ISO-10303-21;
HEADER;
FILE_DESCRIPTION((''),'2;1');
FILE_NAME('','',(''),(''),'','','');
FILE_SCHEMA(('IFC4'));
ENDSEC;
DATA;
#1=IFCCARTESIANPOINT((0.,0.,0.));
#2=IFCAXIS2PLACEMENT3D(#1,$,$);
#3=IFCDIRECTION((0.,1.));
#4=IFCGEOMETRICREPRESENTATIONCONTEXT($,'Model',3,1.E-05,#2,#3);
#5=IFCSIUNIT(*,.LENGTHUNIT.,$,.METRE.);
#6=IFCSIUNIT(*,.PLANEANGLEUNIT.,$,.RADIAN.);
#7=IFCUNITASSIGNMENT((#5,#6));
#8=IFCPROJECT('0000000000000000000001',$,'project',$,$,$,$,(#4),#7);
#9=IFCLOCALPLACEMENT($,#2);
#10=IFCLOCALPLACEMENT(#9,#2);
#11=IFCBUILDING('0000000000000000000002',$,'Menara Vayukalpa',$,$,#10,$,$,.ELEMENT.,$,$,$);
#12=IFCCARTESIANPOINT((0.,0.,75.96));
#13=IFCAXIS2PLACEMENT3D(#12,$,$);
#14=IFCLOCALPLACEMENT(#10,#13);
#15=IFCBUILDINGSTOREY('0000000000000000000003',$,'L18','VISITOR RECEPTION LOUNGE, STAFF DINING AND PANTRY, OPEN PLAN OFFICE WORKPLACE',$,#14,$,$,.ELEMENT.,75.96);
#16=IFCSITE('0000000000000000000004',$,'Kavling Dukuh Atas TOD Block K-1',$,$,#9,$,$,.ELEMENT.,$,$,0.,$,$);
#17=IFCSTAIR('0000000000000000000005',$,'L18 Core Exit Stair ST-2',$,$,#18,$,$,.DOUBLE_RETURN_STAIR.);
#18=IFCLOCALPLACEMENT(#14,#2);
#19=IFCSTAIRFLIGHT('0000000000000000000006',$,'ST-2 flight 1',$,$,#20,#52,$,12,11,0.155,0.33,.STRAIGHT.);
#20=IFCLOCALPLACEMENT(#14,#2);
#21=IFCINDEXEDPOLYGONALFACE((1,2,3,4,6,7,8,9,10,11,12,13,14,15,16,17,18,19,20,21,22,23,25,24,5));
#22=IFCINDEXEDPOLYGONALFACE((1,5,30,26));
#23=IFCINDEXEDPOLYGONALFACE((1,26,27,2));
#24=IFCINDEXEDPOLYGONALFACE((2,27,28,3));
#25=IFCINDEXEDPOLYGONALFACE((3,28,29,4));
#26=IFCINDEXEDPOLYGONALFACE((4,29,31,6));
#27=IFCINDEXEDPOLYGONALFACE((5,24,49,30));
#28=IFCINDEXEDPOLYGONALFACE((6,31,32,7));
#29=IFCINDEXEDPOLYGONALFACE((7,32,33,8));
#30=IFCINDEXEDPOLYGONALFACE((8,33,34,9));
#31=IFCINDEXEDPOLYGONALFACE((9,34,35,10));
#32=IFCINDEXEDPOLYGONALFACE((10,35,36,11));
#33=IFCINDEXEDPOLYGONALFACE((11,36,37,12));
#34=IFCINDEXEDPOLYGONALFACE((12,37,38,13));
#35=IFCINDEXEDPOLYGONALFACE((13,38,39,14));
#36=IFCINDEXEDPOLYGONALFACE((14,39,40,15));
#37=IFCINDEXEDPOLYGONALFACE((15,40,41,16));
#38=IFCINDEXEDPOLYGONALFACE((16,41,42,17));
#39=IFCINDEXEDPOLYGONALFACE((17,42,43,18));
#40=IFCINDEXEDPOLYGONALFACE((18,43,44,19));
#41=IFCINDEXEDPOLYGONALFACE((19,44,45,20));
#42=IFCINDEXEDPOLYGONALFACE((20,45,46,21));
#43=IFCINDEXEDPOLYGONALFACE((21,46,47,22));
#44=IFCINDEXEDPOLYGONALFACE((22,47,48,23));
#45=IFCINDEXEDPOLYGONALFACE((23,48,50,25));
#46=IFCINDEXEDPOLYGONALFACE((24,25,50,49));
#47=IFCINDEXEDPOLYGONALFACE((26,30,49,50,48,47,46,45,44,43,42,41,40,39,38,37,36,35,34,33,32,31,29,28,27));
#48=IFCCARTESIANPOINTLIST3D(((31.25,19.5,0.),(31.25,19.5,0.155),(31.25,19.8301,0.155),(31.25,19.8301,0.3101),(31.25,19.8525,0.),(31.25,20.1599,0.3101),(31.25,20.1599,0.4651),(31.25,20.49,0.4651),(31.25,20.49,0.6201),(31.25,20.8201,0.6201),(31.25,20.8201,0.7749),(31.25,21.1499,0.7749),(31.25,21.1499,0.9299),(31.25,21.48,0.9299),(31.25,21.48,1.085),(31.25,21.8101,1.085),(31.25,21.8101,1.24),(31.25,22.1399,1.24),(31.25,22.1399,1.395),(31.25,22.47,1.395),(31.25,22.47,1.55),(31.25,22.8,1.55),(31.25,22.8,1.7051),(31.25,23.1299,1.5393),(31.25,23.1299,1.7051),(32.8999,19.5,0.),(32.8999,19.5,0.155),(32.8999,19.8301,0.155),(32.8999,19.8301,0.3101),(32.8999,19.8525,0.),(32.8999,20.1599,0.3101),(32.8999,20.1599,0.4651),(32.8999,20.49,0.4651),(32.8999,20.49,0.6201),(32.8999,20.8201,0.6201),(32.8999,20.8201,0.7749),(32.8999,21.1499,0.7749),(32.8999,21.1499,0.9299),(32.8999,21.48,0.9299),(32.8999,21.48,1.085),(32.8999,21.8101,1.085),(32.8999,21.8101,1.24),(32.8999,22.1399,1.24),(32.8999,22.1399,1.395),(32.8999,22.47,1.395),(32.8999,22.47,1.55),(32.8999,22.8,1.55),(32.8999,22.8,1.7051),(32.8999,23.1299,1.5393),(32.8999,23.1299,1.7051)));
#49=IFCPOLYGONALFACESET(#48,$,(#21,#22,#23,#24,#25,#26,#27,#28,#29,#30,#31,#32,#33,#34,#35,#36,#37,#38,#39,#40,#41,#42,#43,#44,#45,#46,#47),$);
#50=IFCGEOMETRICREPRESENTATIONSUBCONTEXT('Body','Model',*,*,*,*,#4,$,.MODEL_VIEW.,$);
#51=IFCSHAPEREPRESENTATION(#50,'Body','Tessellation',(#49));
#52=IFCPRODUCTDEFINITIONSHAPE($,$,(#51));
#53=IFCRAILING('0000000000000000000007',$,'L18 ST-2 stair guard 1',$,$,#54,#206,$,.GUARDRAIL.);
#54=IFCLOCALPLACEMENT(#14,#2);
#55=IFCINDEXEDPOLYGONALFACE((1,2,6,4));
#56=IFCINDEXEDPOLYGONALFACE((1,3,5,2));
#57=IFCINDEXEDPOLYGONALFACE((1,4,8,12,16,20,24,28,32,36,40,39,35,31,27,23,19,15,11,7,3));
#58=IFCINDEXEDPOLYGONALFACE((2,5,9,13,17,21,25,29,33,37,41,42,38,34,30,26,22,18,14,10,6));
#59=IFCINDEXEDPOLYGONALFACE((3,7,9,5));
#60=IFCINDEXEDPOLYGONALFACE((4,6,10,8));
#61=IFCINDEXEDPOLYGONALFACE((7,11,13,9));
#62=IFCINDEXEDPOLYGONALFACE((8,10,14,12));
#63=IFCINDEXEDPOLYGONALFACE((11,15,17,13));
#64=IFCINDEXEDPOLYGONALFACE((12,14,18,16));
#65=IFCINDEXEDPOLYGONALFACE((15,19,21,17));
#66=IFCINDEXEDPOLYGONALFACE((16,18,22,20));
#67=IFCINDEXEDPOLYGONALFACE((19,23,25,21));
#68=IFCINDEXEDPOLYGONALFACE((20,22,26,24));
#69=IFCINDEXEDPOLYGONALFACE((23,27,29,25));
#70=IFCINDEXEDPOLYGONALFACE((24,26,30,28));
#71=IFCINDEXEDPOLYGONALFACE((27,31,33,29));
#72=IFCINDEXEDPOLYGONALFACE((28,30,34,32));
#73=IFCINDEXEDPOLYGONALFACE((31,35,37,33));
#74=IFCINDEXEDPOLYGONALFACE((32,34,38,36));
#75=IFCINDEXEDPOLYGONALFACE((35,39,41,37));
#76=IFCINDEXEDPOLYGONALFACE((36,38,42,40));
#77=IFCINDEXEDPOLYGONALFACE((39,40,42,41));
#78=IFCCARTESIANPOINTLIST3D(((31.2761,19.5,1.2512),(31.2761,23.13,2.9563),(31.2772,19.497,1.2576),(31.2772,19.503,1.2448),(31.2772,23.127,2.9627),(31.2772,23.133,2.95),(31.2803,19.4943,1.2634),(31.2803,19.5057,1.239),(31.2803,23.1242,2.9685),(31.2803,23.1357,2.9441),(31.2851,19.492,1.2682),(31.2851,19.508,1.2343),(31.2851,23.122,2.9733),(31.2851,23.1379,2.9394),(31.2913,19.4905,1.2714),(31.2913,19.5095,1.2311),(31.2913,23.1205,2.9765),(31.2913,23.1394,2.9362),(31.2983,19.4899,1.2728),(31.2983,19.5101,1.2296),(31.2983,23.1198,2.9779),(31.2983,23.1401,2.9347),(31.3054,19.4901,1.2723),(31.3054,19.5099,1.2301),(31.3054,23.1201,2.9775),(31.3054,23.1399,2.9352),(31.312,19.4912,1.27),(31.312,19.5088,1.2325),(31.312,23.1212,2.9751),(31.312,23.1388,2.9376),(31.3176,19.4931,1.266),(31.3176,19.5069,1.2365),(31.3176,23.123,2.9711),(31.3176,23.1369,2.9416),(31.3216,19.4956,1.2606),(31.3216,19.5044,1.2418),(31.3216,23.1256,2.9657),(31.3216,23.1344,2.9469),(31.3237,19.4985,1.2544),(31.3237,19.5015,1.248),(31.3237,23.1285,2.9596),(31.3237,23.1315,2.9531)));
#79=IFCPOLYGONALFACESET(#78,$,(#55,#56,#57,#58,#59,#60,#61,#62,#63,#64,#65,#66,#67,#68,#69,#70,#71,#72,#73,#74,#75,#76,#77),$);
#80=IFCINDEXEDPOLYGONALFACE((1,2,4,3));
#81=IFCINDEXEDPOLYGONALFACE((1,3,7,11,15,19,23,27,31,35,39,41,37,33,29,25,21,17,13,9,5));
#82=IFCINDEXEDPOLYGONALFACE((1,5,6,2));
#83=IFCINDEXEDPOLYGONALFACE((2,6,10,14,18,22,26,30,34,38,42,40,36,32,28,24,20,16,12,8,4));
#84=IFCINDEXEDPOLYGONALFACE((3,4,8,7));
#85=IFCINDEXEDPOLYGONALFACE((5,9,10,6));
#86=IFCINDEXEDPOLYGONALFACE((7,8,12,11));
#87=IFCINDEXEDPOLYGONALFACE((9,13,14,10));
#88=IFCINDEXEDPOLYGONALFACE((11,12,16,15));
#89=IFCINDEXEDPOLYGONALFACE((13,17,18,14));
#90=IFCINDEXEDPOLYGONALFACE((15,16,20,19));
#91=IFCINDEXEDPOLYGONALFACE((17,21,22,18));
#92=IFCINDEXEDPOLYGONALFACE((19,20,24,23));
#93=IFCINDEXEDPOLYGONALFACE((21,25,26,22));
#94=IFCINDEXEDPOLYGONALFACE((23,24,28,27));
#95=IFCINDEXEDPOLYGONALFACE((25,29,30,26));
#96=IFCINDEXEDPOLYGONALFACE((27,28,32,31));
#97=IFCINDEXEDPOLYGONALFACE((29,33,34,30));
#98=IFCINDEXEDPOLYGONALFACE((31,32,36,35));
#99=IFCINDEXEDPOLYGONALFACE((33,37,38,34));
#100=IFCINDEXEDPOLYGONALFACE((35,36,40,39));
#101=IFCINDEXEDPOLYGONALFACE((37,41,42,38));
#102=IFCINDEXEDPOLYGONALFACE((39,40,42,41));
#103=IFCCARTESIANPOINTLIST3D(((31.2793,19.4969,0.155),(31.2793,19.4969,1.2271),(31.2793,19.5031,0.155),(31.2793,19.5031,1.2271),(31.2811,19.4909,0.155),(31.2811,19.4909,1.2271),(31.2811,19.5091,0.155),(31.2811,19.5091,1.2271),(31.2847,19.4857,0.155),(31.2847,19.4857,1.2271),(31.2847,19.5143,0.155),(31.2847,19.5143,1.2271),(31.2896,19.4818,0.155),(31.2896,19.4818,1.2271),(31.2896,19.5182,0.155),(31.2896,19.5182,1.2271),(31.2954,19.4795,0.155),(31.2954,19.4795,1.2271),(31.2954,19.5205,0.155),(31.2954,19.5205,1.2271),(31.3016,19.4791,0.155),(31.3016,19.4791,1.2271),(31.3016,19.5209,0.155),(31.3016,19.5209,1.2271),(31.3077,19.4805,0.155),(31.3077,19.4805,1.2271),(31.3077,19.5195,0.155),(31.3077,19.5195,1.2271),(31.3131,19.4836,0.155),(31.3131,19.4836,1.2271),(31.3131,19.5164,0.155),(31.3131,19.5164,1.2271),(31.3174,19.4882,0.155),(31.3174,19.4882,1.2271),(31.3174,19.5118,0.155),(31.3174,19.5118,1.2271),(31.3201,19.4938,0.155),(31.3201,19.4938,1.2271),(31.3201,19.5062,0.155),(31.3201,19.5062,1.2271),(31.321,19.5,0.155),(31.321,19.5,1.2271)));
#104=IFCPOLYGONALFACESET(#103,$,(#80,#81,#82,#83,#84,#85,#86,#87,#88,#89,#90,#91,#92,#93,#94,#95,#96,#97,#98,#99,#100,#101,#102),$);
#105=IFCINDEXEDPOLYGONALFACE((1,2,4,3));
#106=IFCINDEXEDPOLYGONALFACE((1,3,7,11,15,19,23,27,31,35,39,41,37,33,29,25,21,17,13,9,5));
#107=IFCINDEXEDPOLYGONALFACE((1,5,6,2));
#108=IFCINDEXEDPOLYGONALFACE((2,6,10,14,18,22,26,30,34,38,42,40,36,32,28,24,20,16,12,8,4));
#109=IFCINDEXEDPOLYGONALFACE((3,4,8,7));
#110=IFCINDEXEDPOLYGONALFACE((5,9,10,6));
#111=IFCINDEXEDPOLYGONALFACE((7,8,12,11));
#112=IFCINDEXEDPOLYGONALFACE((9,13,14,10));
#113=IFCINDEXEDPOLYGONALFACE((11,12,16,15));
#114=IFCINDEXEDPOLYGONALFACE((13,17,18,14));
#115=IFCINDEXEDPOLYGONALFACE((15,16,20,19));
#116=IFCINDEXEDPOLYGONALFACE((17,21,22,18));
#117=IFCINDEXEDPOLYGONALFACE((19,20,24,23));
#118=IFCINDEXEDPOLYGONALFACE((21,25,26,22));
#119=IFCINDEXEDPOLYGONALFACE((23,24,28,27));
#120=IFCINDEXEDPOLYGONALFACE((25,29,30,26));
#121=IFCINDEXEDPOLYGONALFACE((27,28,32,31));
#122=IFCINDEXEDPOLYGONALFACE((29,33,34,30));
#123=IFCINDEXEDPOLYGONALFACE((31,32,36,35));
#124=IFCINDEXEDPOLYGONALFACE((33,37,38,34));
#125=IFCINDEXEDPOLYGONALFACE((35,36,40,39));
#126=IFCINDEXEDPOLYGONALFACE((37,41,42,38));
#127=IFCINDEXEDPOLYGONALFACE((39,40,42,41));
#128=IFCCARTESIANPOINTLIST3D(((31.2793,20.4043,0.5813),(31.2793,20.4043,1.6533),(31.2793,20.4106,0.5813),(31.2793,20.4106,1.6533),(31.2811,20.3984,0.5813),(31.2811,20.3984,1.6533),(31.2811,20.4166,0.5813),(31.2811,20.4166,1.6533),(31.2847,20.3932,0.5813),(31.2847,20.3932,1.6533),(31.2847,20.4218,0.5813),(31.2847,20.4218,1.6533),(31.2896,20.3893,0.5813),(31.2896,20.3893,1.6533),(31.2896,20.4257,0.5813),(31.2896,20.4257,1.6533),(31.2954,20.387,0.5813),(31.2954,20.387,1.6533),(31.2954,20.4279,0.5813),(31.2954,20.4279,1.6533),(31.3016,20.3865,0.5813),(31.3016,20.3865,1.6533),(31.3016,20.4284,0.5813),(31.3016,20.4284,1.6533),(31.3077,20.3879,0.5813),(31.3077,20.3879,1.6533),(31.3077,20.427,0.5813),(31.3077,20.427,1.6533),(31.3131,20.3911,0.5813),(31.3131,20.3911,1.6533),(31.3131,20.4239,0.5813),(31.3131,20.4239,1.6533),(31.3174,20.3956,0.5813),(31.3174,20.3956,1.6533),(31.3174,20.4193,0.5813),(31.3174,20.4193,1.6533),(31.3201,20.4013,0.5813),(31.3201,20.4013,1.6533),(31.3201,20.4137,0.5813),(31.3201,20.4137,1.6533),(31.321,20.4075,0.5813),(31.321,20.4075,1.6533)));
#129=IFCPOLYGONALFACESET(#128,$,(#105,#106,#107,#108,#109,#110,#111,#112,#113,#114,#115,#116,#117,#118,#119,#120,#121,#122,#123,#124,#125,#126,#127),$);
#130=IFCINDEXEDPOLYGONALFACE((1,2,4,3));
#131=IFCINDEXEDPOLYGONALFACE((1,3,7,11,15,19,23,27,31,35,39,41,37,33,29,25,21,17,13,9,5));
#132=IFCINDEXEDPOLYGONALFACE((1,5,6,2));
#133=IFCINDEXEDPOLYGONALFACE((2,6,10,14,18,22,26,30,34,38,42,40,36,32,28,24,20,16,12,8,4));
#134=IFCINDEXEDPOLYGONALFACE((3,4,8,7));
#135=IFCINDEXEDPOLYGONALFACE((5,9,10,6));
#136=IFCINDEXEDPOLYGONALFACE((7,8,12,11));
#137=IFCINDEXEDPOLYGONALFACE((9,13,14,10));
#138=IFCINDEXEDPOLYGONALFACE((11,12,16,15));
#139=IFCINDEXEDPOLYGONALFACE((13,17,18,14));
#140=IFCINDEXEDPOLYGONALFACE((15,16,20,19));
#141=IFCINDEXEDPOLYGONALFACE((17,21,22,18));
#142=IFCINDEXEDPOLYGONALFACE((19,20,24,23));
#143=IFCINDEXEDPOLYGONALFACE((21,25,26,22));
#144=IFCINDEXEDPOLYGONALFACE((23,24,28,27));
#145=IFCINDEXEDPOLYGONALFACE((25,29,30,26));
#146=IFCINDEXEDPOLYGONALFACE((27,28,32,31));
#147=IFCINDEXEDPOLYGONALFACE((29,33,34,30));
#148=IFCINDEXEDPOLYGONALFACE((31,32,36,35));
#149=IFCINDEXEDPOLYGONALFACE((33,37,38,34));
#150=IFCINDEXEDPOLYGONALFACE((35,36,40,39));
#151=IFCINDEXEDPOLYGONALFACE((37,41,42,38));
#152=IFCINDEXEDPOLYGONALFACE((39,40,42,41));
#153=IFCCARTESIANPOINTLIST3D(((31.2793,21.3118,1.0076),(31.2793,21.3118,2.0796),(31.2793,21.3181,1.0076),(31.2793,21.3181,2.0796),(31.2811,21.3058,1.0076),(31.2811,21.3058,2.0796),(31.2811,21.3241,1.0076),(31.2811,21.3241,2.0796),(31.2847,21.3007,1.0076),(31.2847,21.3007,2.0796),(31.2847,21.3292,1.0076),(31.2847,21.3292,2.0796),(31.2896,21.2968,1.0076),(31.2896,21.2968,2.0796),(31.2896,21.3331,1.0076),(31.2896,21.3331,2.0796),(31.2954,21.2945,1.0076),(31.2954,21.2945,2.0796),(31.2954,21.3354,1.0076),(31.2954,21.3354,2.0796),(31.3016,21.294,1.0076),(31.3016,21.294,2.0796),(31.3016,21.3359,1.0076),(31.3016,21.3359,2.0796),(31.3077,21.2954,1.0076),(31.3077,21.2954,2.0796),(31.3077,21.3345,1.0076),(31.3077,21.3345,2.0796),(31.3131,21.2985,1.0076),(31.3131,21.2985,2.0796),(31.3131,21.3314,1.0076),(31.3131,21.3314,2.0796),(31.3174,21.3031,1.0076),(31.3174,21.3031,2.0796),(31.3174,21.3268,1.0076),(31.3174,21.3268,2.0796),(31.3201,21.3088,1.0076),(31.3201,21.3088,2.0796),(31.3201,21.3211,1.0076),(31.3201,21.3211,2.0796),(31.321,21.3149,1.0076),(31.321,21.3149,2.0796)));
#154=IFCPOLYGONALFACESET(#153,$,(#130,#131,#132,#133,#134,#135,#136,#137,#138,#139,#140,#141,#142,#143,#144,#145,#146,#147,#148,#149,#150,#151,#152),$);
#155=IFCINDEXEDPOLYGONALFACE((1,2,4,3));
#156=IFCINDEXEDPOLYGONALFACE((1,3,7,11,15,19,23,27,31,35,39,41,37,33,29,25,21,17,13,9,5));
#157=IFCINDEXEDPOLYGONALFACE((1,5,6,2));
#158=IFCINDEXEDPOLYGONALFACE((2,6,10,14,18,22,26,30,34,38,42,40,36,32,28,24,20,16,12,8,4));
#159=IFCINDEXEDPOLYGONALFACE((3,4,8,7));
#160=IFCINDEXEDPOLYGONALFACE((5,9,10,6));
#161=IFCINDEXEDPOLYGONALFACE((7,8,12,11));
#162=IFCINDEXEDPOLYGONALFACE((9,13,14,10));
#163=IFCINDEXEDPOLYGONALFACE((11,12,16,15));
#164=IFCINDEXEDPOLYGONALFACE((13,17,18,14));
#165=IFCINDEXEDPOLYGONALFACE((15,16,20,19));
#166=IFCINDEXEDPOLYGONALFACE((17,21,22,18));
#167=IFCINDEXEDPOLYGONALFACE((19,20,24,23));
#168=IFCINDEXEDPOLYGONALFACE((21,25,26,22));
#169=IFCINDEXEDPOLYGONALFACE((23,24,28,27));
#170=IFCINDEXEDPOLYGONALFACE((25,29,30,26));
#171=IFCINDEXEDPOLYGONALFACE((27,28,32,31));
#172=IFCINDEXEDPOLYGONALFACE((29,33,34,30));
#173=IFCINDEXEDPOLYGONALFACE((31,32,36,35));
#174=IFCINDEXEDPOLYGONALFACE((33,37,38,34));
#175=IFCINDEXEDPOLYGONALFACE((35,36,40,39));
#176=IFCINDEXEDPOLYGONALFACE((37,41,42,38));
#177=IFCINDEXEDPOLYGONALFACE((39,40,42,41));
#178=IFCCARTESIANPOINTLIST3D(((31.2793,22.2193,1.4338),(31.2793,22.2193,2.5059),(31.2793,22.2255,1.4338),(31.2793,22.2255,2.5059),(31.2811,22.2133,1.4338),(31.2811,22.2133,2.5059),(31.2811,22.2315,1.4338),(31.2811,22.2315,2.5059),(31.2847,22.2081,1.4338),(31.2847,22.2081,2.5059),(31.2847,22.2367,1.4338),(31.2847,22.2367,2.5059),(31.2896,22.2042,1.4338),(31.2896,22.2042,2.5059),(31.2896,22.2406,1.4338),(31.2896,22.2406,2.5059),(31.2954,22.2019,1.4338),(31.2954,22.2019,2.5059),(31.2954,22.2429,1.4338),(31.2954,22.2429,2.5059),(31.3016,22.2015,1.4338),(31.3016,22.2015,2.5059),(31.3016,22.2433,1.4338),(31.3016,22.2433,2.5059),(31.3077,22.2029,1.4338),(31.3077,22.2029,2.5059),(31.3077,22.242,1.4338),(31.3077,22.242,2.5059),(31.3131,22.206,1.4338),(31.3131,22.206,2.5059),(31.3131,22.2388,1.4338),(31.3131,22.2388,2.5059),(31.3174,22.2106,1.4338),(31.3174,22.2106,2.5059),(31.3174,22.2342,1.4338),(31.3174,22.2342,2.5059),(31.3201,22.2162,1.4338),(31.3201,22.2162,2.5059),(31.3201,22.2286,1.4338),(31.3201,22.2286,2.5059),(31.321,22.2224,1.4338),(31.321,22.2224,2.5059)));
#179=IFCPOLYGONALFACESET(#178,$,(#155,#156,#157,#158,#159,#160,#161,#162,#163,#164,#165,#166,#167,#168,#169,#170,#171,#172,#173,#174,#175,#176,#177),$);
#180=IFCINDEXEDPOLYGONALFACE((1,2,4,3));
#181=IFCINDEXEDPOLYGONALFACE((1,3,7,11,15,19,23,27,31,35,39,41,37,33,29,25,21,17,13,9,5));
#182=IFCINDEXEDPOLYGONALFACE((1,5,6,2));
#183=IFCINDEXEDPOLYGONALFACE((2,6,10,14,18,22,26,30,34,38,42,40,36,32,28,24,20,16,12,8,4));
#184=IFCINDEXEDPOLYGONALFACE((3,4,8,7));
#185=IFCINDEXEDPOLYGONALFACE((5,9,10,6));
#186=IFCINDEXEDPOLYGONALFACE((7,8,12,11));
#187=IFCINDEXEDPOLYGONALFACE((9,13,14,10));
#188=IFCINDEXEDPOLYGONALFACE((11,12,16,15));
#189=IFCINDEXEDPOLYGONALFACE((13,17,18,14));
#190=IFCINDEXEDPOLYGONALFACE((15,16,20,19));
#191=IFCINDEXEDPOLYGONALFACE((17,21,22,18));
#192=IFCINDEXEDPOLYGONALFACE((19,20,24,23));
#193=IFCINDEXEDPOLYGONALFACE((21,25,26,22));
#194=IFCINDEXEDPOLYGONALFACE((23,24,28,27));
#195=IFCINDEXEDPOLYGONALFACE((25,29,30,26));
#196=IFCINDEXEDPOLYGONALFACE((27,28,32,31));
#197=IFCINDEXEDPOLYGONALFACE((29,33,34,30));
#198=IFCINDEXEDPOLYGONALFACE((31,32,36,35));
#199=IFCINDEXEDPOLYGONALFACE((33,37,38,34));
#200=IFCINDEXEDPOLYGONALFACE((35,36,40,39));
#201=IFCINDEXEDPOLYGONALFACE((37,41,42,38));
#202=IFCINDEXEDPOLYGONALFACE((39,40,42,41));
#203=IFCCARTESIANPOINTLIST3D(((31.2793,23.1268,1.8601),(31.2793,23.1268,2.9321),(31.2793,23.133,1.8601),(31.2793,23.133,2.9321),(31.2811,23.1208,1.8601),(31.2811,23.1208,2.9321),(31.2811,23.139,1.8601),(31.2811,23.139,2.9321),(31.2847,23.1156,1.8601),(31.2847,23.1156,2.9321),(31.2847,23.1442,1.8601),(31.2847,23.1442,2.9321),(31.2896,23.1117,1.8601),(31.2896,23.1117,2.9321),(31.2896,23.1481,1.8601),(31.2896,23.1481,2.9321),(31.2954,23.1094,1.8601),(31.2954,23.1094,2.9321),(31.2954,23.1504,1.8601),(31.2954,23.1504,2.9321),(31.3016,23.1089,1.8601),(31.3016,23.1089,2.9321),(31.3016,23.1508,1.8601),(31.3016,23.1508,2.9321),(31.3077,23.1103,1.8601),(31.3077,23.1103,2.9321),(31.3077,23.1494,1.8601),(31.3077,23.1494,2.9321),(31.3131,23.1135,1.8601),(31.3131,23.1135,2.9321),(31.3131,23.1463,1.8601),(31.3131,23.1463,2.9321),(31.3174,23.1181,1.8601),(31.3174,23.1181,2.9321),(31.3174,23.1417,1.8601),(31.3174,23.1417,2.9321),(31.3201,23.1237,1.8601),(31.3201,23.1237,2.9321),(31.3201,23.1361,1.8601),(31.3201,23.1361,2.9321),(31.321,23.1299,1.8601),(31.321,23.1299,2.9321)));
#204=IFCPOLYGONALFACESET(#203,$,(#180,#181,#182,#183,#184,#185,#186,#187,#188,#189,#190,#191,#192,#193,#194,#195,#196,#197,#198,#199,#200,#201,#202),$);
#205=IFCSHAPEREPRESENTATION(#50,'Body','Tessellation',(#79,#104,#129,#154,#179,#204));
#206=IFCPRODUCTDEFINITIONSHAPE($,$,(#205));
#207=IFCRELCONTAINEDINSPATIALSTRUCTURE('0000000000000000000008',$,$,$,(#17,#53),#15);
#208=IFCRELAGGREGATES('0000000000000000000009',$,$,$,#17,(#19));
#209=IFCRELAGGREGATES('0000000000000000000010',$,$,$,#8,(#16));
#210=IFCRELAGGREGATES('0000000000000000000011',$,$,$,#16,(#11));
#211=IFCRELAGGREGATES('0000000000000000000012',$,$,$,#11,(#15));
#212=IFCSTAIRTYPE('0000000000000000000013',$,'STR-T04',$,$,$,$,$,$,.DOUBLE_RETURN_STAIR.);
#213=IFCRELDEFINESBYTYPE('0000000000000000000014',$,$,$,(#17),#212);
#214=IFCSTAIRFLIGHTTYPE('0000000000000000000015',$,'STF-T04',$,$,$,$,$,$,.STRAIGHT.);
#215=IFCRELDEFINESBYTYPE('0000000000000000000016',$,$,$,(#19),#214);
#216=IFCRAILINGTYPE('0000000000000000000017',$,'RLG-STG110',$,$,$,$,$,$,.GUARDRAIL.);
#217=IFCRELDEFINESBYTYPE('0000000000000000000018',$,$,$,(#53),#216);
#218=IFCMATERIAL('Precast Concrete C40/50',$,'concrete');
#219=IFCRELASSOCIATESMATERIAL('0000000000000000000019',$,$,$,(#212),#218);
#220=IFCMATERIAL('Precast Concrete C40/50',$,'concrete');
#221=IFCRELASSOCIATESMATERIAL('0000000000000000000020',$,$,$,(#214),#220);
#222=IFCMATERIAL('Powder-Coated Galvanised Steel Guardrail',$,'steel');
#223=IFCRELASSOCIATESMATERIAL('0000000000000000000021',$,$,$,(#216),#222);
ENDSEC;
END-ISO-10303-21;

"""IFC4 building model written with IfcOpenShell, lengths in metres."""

from ifc_helpers import new_model, si_unit, direction, frame, origin, origin_2d, place, context, subcontext, project, spatial, polyline, circle, outline, extrude, material, type_object, element, aggregate, save


model = new_model("IFC4")

# Units and contexts
model_context = context("Model", 3, precision=1e-05, world=origin(), true_north=direction((0.0, 1.0)))
body_context = subcontext(model_context, "Body", "Model", "MODEL_VIEW")
ifc_project = project(units=[si_unit("LENGTHUNIT", "METRE"), si_unit("PLANEANGLEUNIT", "RADIAN")], contexts=[model_context])

# Site, building, storey
site_placement = place(None, origin())
site = spatial("IfcSite", under=ifc_project, at=site_placement, Name="Kavling Dukuh Atas TOD Block K-1", CompositionType="ELEMENT", RefElevation=0.0)
building_placement = place(site_placement, origin())
building = spatial("IfcBuilding", under=site, at=building_placement, Name="Menara Vayukalpa", CompositionType="ELEMENT")
storey_placement = place(building_placement, frame((0.0, 0.0, 75.96)))
storey = spatial("IfcBuildingStorey", under=building, at=storey_placement, Name="L18", Description="VISITOR RECEPTION LOUNGE, STAFF DINING AND PANTRY, OPEN PLAN OFFICE WORKPLACE", CompositionType="ELEMENT", Elevation=75.96)

# Stair, stair flight
ifc_material_1 = material(Name="Precast Concrete C40/50", Category="concrete")
stair_type = type_object("IfcStairType", Name="STR-T04", PredefinedType="DOUBLE_RETURN_STAIR", material=ifc_material_1)
stair_placement = place(storey_placement, origin())
stair = element("IfcStair", 1, at=stair_placement, inside=storey, type_object=stair_type, Name="L18 Core Exit Stair ST-2", PredefinedType="DOUBLE_RETURN_STAIR")
ifc_material_2 = material(Name="Precast Concrete C40/50", Category="concrete")
stair_flight_type = type_object("IfcStairFlightType", Name="STF-T04", PredefinedType="STRAIGHT", material=ifc_material_2)
stair_flight_placement = place(storey_placement, frame((32.075, 19.5, 0.0), z_axis=(0.0, 0.0, 1.0), x_axis=(0.0, 1.0, 0.0)))
stair_flight = element("IfcStairFlight", 2, at=stair_flight_placement, type_object=stair_flight_type, Name="ST-2 flight 1", NumberOfRisers=12, NumberOfTreads=11, PredefinedType="STRAIGHT", RiserHeight=0.155, TreadLength=0.33, context=body_context, shape_type="SweptSolid", body=[
    extrude(outline(polyline([(0.0, 0.0), (0.0, 0.155), (0.3301, 0.155), (0.3301, 0.3101), (0.6599, 0.3101), (0.6599, 0.4651), (0.99, 0.4651), (0.99, 0.6201), (1.3201, 0.6201), (1.3201, 0.7749), (1.6499, 0.7749), (1.6499, 0.9299), (1.98, 0.9299), (1.98, 1.085), (2.3101, 1.085), (2.3101, 1.24), (2.6399, 1.24), (2.6399, 1.395), (2.97, 1.395), (2.97, 1.55), (3.3, 1.55), (3.3, 1.7051), (3.6299, 1.7051), (3.6299, 1.8601), (3.6299, 1.5393), (0.3525, 0.0), (0.0, 0.0)])), frame((0.0, 0.825, 0.0), z_axis=(0.0, -1.0, 0.0), x_axis=(1.0, 0.0, 0.0)), (0.0, 0.0, 1.0), 1.6499),
])
aggregate(stair, [stair_flight])

# Railing
ifc_material_3 = material(Name="Powder-Coated Galvanised Steel Guardrail", Category="steel")
railing_type_1 = type_object("IfcRailingType", Name="RLG-STG110", PredefinedType="GUARDRAIL", material=ifc_material_3)
railing_1_placement = place(storey_placement, frame((31.3, 19.5, 0.155)))
element("IfcRailing", 3, at=railing_1_placement, inside=storey, type_object=railing_type_1, Name="L18 ST-2 stair guard 1", PredefinedType="GUARDRAIL", context=body_context, shape_type="SweptSolid", body=[
    extrude(circle(Radius=0.0239, at=origin_2d()), frame((0.0, 0.0, 1.0962), z_axis=(0.0, 0.905116, 0.425164), x_axis=(-1.0, 0.0, 0.0)), (0.0, 0.0, 1.0), 4.0105),
    extrude(circle(Radius=0.021, at=origin_2d()), origin(), (0.0, 0.0, 1.0), 1.072),
    extrude(circle(Radius=0.021, at=origin_2d()), frame((0.0, 0.9075, 0.4263)), (0.0, 0.0, 1.0), 1.072),
    extrude(circle(Radius=0.021, at=origin_2d()), frame((0.0, 1.8149, 0.8525)), (0.0, 0.0, 1.0), 1.072),
    extrude(circle(Radius=0.021, at=origin_2d()), frame((0.0, 2.7224, 1.2788)), (0.0, 0.0, 1.0), 1.072),
    extrude(circle(Radius=0.021, at=origin_2d()), frame((0.0, 3.6299, 1.7051)), (0.0, 0.0, 1.0), 1.072),
])

save(model, "model.ifc")
